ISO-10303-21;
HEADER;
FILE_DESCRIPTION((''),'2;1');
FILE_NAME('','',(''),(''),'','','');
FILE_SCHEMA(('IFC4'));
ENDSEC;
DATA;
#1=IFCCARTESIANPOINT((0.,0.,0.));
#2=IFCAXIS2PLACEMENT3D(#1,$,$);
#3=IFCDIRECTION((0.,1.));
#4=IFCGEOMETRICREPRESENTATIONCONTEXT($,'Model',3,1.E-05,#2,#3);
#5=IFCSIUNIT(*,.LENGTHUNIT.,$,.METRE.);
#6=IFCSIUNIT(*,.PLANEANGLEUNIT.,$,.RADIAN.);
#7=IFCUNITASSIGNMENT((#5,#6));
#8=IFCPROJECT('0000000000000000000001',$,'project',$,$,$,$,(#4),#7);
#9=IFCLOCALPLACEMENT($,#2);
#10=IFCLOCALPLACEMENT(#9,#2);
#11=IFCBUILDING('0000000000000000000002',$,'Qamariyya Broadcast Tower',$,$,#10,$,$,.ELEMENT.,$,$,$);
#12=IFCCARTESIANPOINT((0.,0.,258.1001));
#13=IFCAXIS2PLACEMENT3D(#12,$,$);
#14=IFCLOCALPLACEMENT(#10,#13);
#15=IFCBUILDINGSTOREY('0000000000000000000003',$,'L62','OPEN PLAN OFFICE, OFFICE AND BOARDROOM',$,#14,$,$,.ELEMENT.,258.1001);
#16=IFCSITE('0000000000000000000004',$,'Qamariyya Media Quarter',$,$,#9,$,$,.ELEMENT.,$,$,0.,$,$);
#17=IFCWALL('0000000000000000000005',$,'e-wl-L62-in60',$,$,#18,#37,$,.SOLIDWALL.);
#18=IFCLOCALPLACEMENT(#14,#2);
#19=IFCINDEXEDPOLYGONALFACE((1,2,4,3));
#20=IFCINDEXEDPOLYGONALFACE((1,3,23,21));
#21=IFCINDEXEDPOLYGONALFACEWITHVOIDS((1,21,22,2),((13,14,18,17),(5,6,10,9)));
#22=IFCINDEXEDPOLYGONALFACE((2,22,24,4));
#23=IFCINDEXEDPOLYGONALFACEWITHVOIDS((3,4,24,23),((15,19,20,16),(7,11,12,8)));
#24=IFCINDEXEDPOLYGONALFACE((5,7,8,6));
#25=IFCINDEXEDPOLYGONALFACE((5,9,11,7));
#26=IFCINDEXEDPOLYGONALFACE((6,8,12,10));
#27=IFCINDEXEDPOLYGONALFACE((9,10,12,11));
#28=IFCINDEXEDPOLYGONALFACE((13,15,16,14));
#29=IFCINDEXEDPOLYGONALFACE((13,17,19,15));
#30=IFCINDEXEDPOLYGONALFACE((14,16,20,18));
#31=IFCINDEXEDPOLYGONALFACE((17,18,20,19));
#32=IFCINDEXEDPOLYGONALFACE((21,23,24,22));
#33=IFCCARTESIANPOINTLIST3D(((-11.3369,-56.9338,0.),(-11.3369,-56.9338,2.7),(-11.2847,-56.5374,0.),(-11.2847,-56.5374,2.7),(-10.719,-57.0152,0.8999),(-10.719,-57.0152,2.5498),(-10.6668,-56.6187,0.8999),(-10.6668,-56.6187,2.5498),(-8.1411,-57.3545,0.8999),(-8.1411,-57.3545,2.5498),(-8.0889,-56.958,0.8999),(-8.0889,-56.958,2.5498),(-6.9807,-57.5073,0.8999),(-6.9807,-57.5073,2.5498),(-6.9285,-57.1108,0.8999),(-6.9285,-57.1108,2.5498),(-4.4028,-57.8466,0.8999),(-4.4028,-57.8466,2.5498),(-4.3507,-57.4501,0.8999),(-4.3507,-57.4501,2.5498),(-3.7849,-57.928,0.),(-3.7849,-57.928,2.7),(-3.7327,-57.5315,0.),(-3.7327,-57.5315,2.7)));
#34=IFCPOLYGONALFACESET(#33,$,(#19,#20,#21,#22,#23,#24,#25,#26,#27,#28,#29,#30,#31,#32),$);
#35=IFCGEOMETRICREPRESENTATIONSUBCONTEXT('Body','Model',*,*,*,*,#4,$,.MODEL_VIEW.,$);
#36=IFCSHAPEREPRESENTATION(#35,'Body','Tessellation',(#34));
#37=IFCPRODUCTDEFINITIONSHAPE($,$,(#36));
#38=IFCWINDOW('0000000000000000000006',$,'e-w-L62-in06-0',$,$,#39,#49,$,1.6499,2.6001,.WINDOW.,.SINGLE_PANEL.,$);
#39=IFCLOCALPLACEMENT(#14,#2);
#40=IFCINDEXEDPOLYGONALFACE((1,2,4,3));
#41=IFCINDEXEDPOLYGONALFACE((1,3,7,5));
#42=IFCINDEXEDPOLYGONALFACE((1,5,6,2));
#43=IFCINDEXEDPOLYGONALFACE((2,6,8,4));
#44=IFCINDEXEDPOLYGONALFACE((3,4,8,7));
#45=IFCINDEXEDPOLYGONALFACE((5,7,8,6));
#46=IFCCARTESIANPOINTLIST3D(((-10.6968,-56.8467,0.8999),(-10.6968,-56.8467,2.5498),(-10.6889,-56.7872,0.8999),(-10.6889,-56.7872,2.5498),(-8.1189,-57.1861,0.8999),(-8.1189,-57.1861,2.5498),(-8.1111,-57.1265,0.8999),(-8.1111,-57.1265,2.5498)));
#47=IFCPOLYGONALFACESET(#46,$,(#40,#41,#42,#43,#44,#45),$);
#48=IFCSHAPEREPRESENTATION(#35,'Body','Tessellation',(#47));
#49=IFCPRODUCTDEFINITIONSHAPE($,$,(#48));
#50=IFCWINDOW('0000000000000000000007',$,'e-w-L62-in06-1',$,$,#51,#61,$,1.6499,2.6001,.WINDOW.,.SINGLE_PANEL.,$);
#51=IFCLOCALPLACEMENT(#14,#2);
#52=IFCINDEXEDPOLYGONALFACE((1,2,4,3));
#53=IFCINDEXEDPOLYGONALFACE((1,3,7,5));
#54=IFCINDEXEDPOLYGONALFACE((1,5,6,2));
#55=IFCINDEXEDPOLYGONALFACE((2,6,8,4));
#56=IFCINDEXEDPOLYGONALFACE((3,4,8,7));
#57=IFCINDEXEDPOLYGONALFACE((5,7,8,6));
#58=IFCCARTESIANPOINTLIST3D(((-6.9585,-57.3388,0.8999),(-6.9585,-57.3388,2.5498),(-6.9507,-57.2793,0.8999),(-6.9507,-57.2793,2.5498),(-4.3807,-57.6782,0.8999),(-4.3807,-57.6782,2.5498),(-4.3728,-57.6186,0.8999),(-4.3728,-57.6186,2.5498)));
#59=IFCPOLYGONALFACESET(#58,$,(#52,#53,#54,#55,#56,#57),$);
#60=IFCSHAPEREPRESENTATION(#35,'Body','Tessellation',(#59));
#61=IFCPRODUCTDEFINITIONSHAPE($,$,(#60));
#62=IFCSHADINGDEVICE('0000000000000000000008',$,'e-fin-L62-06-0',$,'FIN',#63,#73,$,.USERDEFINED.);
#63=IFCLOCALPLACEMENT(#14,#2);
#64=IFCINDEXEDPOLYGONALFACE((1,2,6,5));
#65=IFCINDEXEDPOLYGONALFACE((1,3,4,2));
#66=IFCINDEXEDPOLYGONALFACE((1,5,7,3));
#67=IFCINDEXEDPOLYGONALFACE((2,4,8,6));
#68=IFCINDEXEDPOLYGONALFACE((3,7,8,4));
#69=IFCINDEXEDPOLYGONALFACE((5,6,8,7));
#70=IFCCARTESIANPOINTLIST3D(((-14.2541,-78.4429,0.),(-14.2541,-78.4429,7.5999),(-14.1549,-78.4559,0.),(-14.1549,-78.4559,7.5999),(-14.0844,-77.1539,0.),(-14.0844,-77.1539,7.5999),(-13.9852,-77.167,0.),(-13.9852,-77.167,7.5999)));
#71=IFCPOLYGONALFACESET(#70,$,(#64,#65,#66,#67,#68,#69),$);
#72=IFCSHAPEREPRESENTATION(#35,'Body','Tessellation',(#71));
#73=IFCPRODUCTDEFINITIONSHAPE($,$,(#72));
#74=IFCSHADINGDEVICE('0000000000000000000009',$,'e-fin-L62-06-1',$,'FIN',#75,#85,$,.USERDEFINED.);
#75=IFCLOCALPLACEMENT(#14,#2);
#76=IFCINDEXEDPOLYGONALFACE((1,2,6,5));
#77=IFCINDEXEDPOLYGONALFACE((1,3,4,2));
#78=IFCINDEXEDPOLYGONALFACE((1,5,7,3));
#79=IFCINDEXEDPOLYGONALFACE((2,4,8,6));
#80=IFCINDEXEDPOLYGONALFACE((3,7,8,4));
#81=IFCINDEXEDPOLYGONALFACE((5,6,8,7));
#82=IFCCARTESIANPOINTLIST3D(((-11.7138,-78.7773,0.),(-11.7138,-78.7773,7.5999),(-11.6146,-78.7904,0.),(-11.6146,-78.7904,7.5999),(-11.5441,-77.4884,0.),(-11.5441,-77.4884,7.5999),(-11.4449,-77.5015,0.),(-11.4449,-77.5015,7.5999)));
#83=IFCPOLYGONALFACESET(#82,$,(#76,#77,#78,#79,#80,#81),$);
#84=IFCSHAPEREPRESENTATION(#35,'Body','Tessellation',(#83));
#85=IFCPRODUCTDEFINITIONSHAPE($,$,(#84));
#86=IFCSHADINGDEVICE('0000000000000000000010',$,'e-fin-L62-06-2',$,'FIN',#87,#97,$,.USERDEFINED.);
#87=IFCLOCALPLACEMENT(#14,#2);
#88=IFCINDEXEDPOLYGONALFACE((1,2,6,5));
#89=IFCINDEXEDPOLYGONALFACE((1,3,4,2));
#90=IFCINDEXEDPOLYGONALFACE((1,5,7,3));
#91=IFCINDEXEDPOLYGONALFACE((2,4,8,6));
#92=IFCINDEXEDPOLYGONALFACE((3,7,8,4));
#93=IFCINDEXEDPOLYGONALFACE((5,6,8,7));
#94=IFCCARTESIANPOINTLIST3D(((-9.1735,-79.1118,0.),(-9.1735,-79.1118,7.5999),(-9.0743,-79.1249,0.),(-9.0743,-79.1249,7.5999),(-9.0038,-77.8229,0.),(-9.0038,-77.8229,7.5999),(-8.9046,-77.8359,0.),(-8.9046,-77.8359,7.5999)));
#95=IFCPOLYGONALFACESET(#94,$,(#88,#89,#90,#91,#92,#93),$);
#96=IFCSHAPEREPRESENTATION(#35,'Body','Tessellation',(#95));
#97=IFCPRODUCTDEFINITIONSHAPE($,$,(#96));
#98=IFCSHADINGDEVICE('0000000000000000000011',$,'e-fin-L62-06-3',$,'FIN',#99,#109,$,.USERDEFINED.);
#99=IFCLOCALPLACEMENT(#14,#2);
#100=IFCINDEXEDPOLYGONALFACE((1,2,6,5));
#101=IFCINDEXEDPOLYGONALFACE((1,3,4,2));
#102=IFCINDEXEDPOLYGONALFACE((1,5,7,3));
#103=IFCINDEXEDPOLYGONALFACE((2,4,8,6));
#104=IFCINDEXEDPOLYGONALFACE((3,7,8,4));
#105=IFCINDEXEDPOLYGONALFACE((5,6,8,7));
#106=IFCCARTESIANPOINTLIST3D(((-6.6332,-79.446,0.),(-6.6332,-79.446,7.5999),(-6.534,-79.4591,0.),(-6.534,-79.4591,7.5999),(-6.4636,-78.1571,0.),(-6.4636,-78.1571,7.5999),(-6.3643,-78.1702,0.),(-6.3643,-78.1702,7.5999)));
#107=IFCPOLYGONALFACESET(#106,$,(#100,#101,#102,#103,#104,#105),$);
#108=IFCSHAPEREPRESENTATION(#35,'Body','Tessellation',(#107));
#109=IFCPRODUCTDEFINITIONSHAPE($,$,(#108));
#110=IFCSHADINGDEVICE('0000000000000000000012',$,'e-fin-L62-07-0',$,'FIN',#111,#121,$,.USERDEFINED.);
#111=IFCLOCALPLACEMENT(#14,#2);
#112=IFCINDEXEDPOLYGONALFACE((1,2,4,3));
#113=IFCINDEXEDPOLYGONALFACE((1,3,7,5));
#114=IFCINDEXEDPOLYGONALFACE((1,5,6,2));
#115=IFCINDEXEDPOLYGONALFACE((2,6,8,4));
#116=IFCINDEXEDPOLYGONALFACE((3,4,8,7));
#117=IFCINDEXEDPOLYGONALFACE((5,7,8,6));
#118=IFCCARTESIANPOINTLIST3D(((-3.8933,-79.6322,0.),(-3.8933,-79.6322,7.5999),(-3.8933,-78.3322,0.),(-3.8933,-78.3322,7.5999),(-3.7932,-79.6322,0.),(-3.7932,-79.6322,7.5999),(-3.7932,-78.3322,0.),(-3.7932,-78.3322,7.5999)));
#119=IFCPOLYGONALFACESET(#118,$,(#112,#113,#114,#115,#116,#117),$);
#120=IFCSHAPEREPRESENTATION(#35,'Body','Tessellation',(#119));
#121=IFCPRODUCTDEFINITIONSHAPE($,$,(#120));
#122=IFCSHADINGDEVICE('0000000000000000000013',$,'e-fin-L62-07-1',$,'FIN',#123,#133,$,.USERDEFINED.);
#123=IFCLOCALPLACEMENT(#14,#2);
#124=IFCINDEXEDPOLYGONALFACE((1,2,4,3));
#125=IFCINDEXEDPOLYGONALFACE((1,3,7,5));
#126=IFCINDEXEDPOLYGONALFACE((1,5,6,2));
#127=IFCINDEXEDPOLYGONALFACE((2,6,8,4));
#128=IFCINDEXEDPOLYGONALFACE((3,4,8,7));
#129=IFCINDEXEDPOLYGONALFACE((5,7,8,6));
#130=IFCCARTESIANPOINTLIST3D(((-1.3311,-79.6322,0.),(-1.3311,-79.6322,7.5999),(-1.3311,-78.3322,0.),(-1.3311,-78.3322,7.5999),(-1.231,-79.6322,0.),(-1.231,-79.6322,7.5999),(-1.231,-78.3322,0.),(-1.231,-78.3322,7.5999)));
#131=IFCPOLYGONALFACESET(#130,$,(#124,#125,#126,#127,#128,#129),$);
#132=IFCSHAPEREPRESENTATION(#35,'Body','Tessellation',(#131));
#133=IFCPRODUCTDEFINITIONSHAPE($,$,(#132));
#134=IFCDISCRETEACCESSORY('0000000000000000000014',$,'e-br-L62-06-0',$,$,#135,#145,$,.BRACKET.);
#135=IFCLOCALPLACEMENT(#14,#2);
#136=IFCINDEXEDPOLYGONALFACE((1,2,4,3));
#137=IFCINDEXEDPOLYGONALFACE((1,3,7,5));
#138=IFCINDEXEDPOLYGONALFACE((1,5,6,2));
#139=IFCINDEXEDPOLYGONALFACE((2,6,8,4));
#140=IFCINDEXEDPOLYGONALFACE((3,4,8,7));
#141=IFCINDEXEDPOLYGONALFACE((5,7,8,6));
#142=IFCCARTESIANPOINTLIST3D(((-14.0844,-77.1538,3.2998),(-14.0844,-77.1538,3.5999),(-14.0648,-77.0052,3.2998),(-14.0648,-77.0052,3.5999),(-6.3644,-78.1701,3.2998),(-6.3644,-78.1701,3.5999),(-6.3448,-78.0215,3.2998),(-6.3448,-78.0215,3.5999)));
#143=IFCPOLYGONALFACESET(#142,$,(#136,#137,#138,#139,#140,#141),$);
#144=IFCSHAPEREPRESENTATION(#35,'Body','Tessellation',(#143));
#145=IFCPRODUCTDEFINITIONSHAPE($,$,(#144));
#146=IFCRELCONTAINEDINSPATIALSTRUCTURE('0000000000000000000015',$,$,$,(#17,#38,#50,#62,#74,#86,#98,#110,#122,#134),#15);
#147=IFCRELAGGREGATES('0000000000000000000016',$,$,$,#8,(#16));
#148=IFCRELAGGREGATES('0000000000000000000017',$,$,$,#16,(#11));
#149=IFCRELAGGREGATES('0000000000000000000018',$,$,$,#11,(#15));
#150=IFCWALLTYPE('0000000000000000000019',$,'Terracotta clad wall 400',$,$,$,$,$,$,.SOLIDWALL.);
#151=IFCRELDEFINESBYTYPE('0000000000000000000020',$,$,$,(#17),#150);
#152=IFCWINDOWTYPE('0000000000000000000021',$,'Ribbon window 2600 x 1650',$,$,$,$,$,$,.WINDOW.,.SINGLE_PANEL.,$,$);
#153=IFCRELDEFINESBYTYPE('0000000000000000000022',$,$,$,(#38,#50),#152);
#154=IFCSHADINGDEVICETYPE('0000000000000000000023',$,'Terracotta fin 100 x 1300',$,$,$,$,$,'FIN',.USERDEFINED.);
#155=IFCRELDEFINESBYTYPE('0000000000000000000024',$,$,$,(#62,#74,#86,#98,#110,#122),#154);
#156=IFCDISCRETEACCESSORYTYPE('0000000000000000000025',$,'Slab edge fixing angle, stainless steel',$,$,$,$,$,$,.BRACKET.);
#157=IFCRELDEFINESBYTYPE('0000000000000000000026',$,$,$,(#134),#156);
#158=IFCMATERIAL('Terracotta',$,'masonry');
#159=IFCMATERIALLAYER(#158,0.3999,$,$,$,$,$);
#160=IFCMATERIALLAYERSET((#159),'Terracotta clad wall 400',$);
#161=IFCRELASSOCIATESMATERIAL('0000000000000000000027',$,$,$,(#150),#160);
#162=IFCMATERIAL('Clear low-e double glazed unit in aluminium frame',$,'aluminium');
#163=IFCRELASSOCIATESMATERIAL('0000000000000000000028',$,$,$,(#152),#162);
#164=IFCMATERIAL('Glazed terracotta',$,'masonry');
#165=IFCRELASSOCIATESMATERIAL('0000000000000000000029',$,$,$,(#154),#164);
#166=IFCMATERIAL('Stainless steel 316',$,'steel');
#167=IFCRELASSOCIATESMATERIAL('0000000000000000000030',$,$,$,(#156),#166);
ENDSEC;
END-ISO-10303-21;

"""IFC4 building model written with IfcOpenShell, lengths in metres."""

from ifc_helpers import new_model, si_unit, direction, frame, frame_2d, origin, origin_2d, place, context, subcontext, project, spatial, rectangle, extrude, material, layer, layer_set, material_profile, profile_set, type_object, element, fill, save


model = new_model("IFC4")

# Units and contexts
model_context = context("Model", 3, precision=1e-05, world=origin(), true_north=direction((0.0, 1.0)))
body_context = subcontext(model_context, "Body", "Model", "MODEL_VIEW")
ifc_project = project(units=[si_unit("LENGTHUNIT", "METRE"), si_unit("PLANEANGLEUNIT", "RADIAN")], contexts=[model_context])

# Site, building, storey
site_placement = place(None, origin())
site = spatial("IfcSite", under=ifc_project, at=site_placement, Name="Qamariyya Media Quarter", CompositionType="ELEMENT", RefElevation=0.0)
building_placement = place(site_placement, origin())
building = spatial("IfcBuilding", under=site, at=building_placement, Name="Qamariyya Broadcast Tower", CompositionType="ELEMENT")
storey_placement = place(building_placement, frame((0.0, 0.0, 258.1001)))
storey = spatial("IfcBuildingStorey", under=building, at=storey_placement, Name="L62", Description="OPEN PLAN OFFICE, OFFICE AND BOARDROOM", CompositionType="ELEMENT", Elevation=258.1001)

# Wall, openings, windows
ifc_material_1 = material(Name="Terracotta", Category="masonry")
ifc_layer_1 = layer(ifc_material_1, 0.3999)
ifc_layer_set_1 = layer_set([ifc_layer_1], Name="Terracotta clad wall 400")
wall_type_1 = type_object("IfcWallType", Name="Terracotta clad wall 400", PredefinedType="SOLIDWALL", material=ifc_layer_set_1)
wall_1_placement = place(storey_placement, frame((-3.7588, -57.7297, 0.0), z_axis=(0.0, 0.0, 1.0), x_axis=(-0.991447, 0.130513, 0.0)))
wall_1 = element("IfcWall", 1, at=wall_1_placement, inside=storey, type_object=wall_type_1, Name="e-wl-L62-in60", PredefinedType="SOLIDWALL", context=body_context, shape_type="SweptSolid", body=[
    extrude(rectangle(XDim=7.6172, YDim=0.3999, at=frame_2d((3.8086, 0.0))), origin(), (0.0, 0.0, 1.0), 2.7),
])
opening_1_placement = place(wall_1_placement, frame((4.3938, 0.0, 0.8999)))
opening_1 = element("IfcOpeningElement", 2, at=opening_1_placement, cuts=wall_1, PredefinedType="OPENING", context=body_context, shape_type="SweptSolid", body=[
    extrude(rectangle(XDim=2.6001, YDim=1.6499, at=frame_2d((1.3, 0.825))), frame((0.0, 0.21, 0.0), z_axis=(0.0, -1.0, 0.0), x_axis=(1.0, 0.0, 0.0)), (0.0, 0.0, 1.0), 0.4199),
])
opening_2_placement = place(wall_1_placement, frame((0.6233, 0.0, 0.8999)))
opening_2 = element("IfcOpeningElement", 3, at=opening_2_placement, cuts=wall_1, PredefinedType="OPENING", context=body_context, shape_type="SweptSolid", body=[
    extrude(rectangle(XDim=2.6001, YDim=1.6499, at=frame_2d((1.3, 0.825))), frame((0.0, 0.21, 0.0), z_axis=(0.0, -1.0, 0.0), x_axis=(1.0, 0.0, 0.0)), (0.0, 0.0, 1.0), 0.4199),
])
ifc_material_2 = material(Name="Clear low-e double glazed unit in aluminium frame", Category="aluminium")
window_type = type_object("IfcWindowType", Name="Ribbon window 2600 x 1650", PartitioningType="SINGLE_PANEL", PredefinedType="WINDOW", material=ifc_material_2)
window_1_placement = place(opening_1_placement, origin())
window_1 = element("IfcWindow", 4, at=window_1_placement, inside=storey, type_object=window_type, Name="e-w-L62-in06-0", OverallHeight=1.6499, OverallWidth=2.6001, PartitioningType="SINGLE_PANEL", PredefinedType="WINDOW", context=body_context, shape_type="SweptSolid", body=[
    extrude(rectangle(XDim=2.6001, YDim=1.6499, at=frame_2d((1.3, 0.825))), frame((0.0, 0.03, 0.0), z_axis=(0.0, -1.0, 0.0), x_axis=(1.0, 0.0, 0.0)), (0.0, 0.0, 1.0), 0.0601),
])
fill(opening_1, window_1)
window_2_placement = place(opening_2_placement, origin())
window_2 = element("IfcWindow", 5, at=window_2_placement, inside=storey, type_object=window_type, Name="e-w-L62-in06-1", OverallHeight=1.6499, OverallWidth=2.6001, PartitioningType="SINGLE_PANEL", PredefinedType="WINDOW", context=body_context, shape_type="SweptSolid", body=[
    extrude(rectangle(XDim=2.6001, YDim=1.6499, at=frame_2d((1.3, 0.825))), frame((0.0, 0.03, 0.0), z_axis=(0.0, -1.0, 0.0), x_axis=(1.0, 0.0, 0.0)), (0.0, 0.0, 1.0), 0.0601),
])
fill(opening_2, window_2)

# Shading devices
ifc_material_3 = material(Name="Glazed terracotta", Category="masonry")
ifc_material_profile_1 = material_profile(ifc_material_3, rectangle(XDim=1.3, YDim=0.1001, at=origin_2d()))
ifc_profile_set_1 = profile_set([ifc_material_profile_1], Name="Glazed terracotta")
shading_device_type_1 = type_object("IfcShadingDeviceType", Name="Terracotta fin 100 x 1300", ElementType="FIN", PredefinedType="USERDEFINED", material=ifc_profile_set_1)
for number, where, z_axis, x_axis, name in (
    (6, (-14.1196, -77.8049, 0.0), (0.0, 0.0, 1.0), (-0.130526, -0.991445, 0.0), "e-fin-L62-06-0"),
    (7, (-11.5793, -78.1394, 0.0), (0.0, 0.0, 1.0), (-0.130526, -0.991445, 0.0), "e-fin-L62-06-1"),
    (8, (-9.0391, -78.4739, 0.0), (0.0, 0.0, 1.0), (-0.130526, -0.991445, 0.0), "e-fin-L62-06-2"),
    (9, (-6.4988, -78.8081, 0.0), (0.0, 0.0, 1.0), (-0.130526, -0.991445, 0.0), "e-fin-L62-06-3"),
    (10, (-3.8433, -78.9822, 0.0), (0.0, 0.0, 1.0), (0.0, -1.0, 0.0), "e-fin-L62-07-0"),
    (11, (-1.281, -78.9822, 0.0), (0.0, 0.0, 1.0), (0.0, -1.0, 0.0), "e-fin-L62-07-1"),
):
    element("IfcShadingDevice", number, at=place(storey_placement, frame(where, z_axis=z_axis, x_axis=x_axis)), inside=storey, type_object=shading_device_type_1, Name=name, ObjectType="FIN", PredefinedType="USERDEFINED", context=body_context, shape_type="SweptSolid", body=[
        extrude(rectangle(XDim=1.3, YDim=0.1001, at=origin_2d()), origin(), (0.0, 0.0, 1.0), 7.5999),
    ])

# Discrete accessory
ifc_material_4 = material(Name="Stainless steel 316", Category="steel")
discrete_accessory_type = type_object("IfcDiscreteAccessoryType", Name="Slab edge fixing angle, stainless steel", PredefinedType="BRACKET", material=ifc_material_4)
discrete_accessory_placement = place(storey_placement, frame((-10.2146, -77.5876, 3.2998), z_axis=(0.0, 0.0, 1.0), x_axis=(0.991445, -0.130526, 0.0)))
element("IfcDiscreteAccessory", 12, at=discrete_accessory_placement, inside=storey, type_object=discrete_accessory_type, Name="e-br-L62-06-0", PredefinedType="BRACKET", context=body_context, shape_type="SweptSolid", body=[
    extrude(rectangle(XDim=7.7866, YDim=0.1499, at=origin_2d()), origin(), (0.0, 0.0, 1.0), 0.3),
])

save(model, "model.ifc")
